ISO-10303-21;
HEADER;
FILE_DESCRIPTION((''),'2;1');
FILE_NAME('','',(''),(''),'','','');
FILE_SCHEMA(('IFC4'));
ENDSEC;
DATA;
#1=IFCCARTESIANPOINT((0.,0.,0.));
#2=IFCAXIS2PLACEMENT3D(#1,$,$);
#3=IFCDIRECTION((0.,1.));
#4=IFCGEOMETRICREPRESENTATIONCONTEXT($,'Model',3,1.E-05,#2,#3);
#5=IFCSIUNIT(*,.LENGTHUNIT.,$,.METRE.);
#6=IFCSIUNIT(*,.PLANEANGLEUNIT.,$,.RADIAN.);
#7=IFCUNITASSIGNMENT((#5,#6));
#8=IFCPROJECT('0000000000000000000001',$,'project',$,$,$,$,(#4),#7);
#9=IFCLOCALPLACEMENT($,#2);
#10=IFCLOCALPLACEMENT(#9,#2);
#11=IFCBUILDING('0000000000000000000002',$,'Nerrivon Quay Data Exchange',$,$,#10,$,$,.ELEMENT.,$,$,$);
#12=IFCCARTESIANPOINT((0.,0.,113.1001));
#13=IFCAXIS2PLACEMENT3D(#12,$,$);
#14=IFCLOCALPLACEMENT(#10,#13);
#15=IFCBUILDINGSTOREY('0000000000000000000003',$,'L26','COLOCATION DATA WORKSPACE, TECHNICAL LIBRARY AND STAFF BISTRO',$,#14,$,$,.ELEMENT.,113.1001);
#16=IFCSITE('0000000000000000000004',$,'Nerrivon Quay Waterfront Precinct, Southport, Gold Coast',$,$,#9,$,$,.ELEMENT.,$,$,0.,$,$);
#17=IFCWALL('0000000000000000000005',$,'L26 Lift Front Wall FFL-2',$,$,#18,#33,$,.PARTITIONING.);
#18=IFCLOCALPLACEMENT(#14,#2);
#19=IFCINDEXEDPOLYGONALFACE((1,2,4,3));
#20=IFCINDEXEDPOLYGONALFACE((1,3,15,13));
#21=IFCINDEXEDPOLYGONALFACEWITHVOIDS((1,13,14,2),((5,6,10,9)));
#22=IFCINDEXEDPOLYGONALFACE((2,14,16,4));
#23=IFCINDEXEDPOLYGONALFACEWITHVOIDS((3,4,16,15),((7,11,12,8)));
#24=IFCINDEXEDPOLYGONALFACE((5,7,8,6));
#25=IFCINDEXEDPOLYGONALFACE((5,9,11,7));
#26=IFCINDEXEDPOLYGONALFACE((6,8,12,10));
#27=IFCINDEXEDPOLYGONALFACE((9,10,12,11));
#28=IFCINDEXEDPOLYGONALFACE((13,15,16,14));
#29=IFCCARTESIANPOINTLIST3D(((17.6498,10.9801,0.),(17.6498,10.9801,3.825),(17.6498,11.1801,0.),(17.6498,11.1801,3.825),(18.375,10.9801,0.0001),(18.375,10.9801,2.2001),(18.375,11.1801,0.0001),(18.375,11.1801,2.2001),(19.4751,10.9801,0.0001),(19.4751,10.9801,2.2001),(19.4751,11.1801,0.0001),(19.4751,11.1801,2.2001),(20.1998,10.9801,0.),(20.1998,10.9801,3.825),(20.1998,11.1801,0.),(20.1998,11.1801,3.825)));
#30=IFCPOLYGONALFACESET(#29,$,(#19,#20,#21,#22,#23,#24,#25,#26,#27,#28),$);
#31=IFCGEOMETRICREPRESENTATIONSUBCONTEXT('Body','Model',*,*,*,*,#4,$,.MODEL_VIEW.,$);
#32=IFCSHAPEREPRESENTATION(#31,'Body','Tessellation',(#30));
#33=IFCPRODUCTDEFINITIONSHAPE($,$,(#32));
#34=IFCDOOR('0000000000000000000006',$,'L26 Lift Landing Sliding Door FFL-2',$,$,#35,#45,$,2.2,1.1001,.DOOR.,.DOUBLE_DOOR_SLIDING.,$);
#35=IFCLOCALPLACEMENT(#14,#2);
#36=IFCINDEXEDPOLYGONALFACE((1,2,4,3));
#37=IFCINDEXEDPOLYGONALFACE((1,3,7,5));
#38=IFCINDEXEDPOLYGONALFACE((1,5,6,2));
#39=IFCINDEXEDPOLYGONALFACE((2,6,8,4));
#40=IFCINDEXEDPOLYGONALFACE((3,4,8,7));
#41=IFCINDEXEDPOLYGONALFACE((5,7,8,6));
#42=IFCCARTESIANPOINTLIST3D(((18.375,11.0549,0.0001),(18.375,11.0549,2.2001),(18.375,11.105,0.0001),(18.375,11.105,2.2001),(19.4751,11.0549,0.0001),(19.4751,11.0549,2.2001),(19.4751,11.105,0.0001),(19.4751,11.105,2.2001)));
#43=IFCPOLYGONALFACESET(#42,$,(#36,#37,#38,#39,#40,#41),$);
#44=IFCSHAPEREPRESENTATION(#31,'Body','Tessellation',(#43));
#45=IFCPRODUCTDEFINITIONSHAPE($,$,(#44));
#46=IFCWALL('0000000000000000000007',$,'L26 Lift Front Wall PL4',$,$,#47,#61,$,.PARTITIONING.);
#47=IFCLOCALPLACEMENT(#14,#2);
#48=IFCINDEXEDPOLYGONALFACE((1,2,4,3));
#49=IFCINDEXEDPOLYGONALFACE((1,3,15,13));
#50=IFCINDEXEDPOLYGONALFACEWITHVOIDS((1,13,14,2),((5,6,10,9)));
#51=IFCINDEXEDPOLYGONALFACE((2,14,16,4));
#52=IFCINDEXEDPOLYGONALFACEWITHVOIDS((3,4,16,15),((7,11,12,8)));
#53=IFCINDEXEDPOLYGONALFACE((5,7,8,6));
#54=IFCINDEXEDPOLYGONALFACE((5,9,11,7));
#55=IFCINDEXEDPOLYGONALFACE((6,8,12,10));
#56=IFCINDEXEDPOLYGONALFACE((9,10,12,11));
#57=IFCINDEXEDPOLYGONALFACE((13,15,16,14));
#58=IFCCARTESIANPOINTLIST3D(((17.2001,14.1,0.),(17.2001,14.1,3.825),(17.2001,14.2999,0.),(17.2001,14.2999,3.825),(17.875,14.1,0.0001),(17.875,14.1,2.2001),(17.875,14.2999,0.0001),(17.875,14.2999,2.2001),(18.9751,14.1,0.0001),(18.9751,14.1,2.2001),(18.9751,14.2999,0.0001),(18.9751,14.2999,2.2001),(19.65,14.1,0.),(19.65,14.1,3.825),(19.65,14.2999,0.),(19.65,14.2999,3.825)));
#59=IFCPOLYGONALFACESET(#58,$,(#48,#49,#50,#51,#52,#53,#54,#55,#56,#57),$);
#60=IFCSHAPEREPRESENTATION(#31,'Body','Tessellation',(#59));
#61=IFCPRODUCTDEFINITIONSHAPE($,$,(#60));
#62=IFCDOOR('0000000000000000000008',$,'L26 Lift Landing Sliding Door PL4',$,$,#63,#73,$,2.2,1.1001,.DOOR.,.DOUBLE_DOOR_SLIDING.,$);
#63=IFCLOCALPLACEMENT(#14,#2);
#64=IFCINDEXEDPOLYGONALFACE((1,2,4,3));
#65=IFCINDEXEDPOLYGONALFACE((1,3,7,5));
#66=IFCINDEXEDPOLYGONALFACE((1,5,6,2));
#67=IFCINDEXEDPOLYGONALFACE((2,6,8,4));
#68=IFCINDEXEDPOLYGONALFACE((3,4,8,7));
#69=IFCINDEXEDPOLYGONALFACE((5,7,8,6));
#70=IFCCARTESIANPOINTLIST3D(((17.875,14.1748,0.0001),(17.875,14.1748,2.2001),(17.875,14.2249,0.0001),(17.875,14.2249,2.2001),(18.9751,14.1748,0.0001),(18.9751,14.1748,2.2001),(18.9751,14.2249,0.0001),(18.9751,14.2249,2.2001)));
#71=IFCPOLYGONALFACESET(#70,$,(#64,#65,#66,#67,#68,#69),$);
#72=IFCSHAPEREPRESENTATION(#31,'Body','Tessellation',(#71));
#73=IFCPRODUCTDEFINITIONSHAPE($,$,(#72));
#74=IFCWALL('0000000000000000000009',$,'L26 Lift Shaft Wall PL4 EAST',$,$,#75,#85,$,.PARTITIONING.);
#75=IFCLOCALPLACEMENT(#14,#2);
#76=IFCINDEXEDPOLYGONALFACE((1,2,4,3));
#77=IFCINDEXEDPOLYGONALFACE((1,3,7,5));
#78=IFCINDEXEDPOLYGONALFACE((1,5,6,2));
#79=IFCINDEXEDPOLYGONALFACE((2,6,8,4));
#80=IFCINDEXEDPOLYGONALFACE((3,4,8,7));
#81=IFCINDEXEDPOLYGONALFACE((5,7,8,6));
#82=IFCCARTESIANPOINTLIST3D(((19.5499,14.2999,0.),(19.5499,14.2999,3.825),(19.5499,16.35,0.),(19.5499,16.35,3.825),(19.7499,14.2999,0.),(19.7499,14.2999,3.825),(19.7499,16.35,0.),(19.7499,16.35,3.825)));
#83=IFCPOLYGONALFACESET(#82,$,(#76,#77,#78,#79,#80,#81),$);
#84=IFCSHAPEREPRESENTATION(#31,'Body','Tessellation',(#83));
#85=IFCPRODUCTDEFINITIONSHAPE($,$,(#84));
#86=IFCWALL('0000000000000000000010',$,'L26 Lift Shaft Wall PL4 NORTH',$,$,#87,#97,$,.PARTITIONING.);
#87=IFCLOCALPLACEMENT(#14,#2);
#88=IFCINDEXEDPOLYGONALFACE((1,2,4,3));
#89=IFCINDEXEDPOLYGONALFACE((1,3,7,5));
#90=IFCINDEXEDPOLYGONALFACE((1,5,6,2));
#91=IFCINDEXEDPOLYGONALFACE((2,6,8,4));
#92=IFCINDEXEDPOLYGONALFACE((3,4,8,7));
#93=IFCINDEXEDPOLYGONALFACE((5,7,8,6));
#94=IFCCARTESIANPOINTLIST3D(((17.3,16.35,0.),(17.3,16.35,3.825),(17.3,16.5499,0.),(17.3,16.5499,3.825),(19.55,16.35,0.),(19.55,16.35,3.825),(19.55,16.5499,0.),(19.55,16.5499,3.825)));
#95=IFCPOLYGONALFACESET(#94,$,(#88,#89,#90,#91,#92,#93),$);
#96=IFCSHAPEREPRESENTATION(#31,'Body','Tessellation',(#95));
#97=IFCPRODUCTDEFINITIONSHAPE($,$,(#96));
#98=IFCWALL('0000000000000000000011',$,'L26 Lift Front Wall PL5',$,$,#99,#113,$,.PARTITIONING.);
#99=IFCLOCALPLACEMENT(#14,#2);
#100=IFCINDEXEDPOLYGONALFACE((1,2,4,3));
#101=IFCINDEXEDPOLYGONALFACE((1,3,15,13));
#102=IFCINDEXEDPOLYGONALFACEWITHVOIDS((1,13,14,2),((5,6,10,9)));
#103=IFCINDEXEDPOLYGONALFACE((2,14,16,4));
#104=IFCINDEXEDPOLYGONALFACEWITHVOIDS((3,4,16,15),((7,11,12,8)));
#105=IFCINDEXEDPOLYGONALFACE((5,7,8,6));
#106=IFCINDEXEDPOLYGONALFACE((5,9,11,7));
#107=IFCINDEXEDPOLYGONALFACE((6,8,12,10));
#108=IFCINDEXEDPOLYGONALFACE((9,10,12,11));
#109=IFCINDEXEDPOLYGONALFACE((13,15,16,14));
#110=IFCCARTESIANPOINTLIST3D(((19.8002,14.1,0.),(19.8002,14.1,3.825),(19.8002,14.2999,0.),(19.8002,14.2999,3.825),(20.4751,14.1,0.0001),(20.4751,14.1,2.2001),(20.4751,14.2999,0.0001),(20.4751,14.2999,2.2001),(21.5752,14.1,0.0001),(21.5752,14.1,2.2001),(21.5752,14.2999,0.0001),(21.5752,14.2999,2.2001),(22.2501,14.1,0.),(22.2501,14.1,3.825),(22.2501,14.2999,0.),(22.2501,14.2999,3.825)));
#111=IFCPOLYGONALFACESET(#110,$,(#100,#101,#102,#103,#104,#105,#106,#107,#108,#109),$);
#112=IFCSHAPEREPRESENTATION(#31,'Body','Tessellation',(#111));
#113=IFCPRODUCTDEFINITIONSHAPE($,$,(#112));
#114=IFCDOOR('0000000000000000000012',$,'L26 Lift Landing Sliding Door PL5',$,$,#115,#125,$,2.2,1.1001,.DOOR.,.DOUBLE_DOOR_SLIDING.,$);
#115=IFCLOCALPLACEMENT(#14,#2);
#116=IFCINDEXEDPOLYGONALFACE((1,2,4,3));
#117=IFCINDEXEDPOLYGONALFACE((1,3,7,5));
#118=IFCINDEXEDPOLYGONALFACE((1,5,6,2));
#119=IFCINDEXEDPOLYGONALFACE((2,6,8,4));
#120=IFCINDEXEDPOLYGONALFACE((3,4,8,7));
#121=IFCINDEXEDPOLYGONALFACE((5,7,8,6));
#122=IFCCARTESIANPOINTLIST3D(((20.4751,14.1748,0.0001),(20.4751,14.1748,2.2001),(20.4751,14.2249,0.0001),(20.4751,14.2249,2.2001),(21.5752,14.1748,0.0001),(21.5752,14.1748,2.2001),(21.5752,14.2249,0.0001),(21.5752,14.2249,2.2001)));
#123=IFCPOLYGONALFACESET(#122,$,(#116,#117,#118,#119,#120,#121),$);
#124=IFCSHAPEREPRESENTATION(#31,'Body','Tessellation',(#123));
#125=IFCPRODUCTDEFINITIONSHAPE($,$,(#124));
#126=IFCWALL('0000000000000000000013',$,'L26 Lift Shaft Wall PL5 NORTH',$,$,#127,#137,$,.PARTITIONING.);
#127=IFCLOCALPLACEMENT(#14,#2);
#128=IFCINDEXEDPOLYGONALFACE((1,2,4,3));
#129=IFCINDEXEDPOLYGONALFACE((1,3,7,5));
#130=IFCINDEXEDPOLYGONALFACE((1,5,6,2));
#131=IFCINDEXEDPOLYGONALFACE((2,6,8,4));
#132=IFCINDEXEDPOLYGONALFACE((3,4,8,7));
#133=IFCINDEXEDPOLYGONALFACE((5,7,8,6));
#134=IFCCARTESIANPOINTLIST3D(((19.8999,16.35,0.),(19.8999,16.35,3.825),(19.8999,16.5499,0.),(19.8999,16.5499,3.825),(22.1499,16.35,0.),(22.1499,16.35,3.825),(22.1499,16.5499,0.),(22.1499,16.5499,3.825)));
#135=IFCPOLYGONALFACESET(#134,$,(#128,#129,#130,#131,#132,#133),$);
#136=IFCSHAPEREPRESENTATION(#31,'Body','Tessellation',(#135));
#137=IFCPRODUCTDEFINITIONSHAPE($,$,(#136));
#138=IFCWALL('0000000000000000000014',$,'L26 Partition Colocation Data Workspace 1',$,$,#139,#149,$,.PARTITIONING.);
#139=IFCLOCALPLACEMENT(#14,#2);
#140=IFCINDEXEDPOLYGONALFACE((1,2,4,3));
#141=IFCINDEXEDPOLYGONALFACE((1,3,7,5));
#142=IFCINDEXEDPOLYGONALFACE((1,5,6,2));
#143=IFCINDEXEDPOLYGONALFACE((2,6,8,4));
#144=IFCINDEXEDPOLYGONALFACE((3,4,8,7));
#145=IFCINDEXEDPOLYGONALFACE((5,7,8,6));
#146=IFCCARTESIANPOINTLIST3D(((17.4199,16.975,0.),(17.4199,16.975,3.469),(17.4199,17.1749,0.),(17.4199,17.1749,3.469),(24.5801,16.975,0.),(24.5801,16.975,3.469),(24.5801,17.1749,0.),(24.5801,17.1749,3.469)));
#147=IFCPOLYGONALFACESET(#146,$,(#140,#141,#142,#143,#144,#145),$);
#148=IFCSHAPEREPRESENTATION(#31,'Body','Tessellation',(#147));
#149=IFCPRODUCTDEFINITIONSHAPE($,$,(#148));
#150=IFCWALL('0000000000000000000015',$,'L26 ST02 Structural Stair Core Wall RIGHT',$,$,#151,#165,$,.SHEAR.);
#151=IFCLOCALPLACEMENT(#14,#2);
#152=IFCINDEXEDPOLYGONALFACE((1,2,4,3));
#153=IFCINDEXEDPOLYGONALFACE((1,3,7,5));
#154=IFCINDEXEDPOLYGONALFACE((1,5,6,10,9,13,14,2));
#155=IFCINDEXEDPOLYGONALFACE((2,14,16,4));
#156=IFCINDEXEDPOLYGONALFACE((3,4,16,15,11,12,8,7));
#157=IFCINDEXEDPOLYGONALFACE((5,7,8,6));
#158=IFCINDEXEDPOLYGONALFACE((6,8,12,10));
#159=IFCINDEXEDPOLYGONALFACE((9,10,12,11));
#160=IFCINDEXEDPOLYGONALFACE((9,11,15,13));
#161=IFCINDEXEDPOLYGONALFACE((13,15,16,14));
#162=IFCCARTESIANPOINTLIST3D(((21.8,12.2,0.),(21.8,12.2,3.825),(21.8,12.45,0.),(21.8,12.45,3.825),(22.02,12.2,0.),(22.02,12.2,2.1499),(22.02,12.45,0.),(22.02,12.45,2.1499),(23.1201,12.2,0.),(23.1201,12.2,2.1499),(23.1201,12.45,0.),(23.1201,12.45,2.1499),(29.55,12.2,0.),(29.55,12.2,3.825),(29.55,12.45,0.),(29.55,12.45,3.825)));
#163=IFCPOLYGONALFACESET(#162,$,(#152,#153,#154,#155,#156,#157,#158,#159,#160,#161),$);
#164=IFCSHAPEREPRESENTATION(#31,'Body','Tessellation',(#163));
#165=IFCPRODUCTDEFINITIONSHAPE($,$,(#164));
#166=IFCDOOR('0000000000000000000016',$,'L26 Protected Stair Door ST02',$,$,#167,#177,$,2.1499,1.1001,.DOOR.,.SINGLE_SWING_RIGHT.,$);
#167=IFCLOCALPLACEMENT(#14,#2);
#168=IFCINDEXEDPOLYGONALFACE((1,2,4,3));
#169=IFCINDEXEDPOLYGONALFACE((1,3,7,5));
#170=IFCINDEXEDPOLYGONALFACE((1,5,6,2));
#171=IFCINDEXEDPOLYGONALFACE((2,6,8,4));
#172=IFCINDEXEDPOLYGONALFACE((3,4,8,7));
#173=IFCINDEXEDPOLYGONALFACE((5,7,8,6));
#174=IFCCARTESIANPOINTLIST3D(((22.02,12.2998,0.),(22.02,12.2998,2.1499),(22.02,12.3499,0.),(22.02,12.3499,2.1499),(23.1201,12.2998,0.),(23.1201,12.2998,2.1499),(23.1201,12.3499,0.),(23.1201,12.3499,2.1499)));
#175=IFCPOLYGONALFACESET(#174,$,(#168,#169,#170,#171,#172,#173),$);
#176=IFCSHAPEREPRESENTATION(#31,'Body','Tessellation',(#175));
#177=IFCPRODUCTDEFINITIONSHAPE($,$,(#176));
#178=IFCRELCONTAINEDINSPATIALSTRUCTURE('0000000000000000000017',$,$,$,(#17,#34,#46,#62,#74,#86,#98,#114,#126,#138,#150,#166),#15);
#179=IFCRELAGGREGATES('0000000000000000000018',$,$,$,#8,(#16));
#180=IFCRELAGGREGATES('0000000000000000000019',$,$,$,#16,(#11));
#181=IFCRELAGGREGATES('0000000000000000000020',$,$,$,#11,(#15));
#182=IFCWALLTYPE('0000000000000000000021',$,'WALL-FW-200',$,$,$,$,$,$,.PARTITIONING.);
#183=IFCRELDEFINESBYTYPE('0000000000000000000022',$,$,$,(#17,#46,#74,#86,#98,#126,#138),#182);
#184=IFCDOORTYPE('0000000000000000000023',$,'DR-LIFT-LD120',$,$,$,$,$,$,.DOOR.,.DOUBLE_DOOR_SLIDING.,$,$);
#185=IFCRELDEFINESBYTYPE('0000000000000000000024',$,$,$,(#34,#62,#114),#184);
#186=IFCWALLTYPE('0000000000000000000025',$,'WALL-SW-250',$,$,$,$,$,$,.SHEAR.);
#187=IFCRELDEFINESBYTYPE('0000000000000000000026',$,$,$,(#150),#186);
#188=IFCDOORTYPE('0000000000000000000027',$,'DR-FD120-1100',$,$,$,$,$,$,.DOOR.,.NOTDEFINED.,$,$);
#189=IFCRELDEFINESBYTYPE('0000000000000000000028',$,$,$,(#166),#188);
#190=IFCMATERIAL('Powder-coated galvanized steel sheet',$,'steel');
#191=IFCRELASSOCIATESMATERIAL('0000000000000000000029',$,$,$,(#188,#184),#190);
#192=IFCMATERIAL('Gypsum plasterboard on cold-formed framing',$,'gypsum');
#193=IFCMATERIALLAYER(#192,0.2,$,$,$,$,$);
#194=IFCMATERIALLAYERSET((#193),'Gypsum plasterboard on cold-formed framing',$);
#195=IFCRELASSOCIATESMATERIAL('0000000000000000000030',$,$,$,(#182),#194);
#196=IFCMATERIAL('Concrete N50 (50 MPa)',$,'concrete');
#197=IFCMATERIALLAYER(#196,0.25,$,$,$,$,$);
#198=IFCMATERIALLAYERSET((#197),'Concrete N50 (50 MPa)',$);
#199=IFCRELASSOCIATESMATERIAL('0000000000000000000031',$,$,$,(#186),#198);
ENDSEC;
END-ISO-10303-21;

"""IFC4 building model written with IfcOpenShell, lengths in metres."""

from ifc_helpers import new_model, si_unit, direction, frame, frame_2d, origin, place, context, subcontext, project, spatial, rectangle, extrude, material, layer, layer_set, type_object, element, fill, save


model = new_model("IFC4")

# Units and contexts
model_context = context("Model", 3, precision=1e-05, world=origin(), true_north=direction((0.0, 1.0)))
body_context = subcontext(model_context, "Body", "Model", "MODEL_VIEW")
ifc_project = project(units=[si_unit("LENGTHUNIT", "METRE"), si_unit("PLANEANGLEUNIT", "RADIAN")], contexts=[model_context])

# Site, building, storey
site_placement = place(None, origin())
site = spatial("IfcSite", under=ifc_project, at=site_placement, Name="Nerrivon Quay Waterfront Precinct, Southport, Gold Coast", CompositionType="ELEMENT", RefElevation=0.0)
building_placement = place(site_placement, origin())
building = spatial("IfcBuilding", under=site, at=building_placement, Name="Nerrivon Quay Data Exchange", CompositionType="ELEMENT")
storey_placement = place(building_placement, frame((0.0, 0.0, 113.1001)))
storey = spatial("IfcBuildingStorey", under=building, at=storey_placement, Name="L26", Description="COLOCATION DATA WORKSPACE, TECHNICAL LIBRARY AND STAFF BISTRO", CompositionType="ELEMENT", Elevation=113.1001)

# Shared definitions
ifc_material_1 = material(Name="Powder-coated galvanized steel sheet", Category="steel")
door_type_1 = type_object("IfcDoorType", Name="DR-FD120-1100", OperationType="NOTDEFINED", PredefinedType="DOOR", material=ifc_material_1)

# Shared definitions
ifc_material_2 = material(Name="Gypsum plasterboard on cold-formed framing", Category="gypsum")
ifc_layer_1 = layer(ifc_material_2, 0.2)
ifc_layer_set_1 = layer_set([ifc_layer_1], Name="Gypsum plasterboard on cold-formed framing")
wall_type_1 = type_object("IfcWallType", Name="WALL-FW-200", PredefinedType="PARTITIONING", material=ifc_layer_set_1)

# Walls, openings, doors
wall_1_placement = place(storey_placement, frame((17.6499, 11.0801, 0.0), z_axis=(0.0, 0.0, 1.0), x_axis=(1.0, 0.0, 0.0)))
wall_1 = element("IfcWall", 1, at=wall_1_placement, inside=storey, type_object=wall_type_1, Name="L26 Lift Front Wall FFL-2", PredefinedType="PARTITIONING", context=body_context, shape_type="SweptSolid", body=[
    extrude(rectangle(XDim=2.55, YDim=0.2, at=frame_2d((1.2749, 0.0))), origin(), (0.0, 0.0, 1.0), 3.825),
])
opening_1_placement = place(wall_1_placement, frame((0.7251, 0.0, 0.0)))
opening_1 = element("IfcOpeningElement", 2, at=opening_1_placement, cuts=wall_1, PredefinedType="OPENING", context=body_context, shape_type="SweptSolid", body=[
    extrude(rectangle(XDim=1.1001, YDim=2.2, at=frame_2d((0.55, 1.1001))), frame((0.0, 0.1099, 0.0), z_axis=(0.0, -1.0, 0.0), x_axis=(1.0, 0.0, 0.0)), (0.0, 0.0, 1.0), 0.22),
])
door_type_2 = type_object("IfcDoorType", Name="DR-LIFT-LD120", OperationType="DOUBLE_DOOR_SLIDING", PredefinedType="DOOR", material=ifc_material_1)
door_1_placement = place(opening_1_placement, origin())
door_1 = element("IfcDoor", 3, at=door_1_placement, inside=storey, type_object=door_type_2, Name="L26 Lift Landing Sliding Door FFL-2", OperationType="DOUBLE_DOOR_SLIDING", OverallHeight=2.2, OverallWidth=1.1001, PredefinedType="DOOR", context=body_context, shape_type="SweptSolid", body=[
    extrude(rectangle(XDim=1.1001, YDim=2.2, at=frame_2d((0.55, 1.1001))), frame((0.0, 0.0249, 0.0), z_axis=(0.0, -1.0, 0.0), x_axis=(1.0, 0.0, 0.0)), (0.0, 0.0, 1.0), 0.05),
])
fill(opening_1, door_1)
wall_2_placement = place(storey_placement, frame((17.2, 14.2, 0.0), z_axis=(0.0, 0.0, 1.0), x_axis=(1.0, 0.0, 0.0)))
wall_2 = element("IfcWall", 4, at=wall_2_placement, inside=storey, type_object=wall_type_1, Name="L26 Lift Front Wall PL4", PredefinedType="PARTITIONING", context=body_context, shape_type="SweptSolid", body=[
    extrude(rectangle(XDim=2.45, YDim=0.2, at=frame_2d((1.2251, 0.0))), origin(), (0.0, 0.0, 1.0), 3.825),
])
opening_2_placement = place(wall_2_placement, frame((0.675, 0.0, 0.0)))
opening_2 = element("IfcOpeningElement", 5, at=opening_2_placement, cuts=wall_2, PredefinedType="OPENING", context=body_context, shape_type="SweptSolid", body=[
    extrude(rectangle(XDim=1.1001, YDim=2.2, at=frame_2d((0.55, 1.1001))), frame((0.0, 0.1099, 0.0), z_axis=(0.0, -1.0, 0.0), x_axis=(1.0, 0.0, 0.0)), (0.0, 0.0, 1.0), 0.22),
])
door_2_placement = place(opening_2_placement, origin())
door_2 = element("IfcDoor", 6, at=door_2_placement, inside=storey, type_object=door_type_2, Name="L26 Lift Landing Sliding Door PL4", OperationType="DOUBLE_DOOR_SLIDING", OverallHeight=2.2, OverallWidth=1.1001, PredefinedType="DOOR", context=body_context, shape_type="SweptSolid", body=[
    extrude(rectangle(XDim=1.1001, YDim=2.2, at=frame_2d((0.55, 1.1001))), frame((0.0, 0.0249, 0.0), z_axis=(0.0, -1.0, 0.0), x_axis=(1.0, 0.0, 0.0)), (0.0, 0.0, 1.0), 0.05),
])
fill(opening_2, door_2)

# Walls
wall_3_placement = place(storey_placement, frame((19.6499, 14.3, 0.0), z_axis=(0.0, 0.0, 1.0), x_axis=(0.0, 1.0, 0.0)))
element("IfcWall", 7, at=wall_3_placement, inside=storey, type_object=wall_type_1, Name="L26 Lift Shaft Wall PL4 EAST", PredefinedType="PARTITIONING", context=body_context, shape_type="SweptSolid", body=[
    extrude(rectangle(XDim=2.05, YDim=0.2, at=frame_2d((1.0249, 0.0))), origin(), (0.0, 0.0, 1.0), 3.825),
])
wall_4_placement = place(storey_placement, frame((17.3, 16.45, 0.0), z_axis=(0.0, 0.0, 1.0), x_axis=(1.0, 0.0, 0.0)))
element("IfcWall", 8, at=wall_4_placement, inside=storey, type_object=wall_type_1, Name="L26 Lift Shaft Wall PL4 NORTH", PredefinedType="PARTITIONING", context=body_context, shape_type="SweptSolid", body=[
    extrude(rectangle(XDim=2.25, YDim=0.2, at=frame_2d((1.125, 0.0))), origin(), (0.0, 0.0, 1.0), 3.825),
])

# Wall, opening, door
wall_5_placement = place(storey_placement, frame((19.8, 14.2, 0.0), z_axis=(0.0, 0.0, 1.0), x_axis=(1.0, 0.0, 0.0)))
wall_5 = element("IfcWall", 9, at=wall_5_placement, inside=storey, type_object=wall_type_1, Name="L26 Lift Front Wall PL5", PredefinedType="PARTITIONING", context=body_context, shape_type="SweptSolid", body=[
    extrude(rectangle(XDim=2.45, YDim=0.2, at=frame_2d((1.2251, 0.0))), origin(), (0.0, 0.0, 1.0), 3.825),
])
opening_3_placement = place(wall_5_placement, frame((0.675, 0.0, 0.0)))
opening_3 = element("IfcOpeningElement", 10, at=opening_3_placement, cuts=wall_5, PredefinedType="OPENING", context=body_context, shape_type="SweptSolid", body=[
    extrude(rectangle(XDim=1.1001, YDim=2.2, at=frame_2d((0.55, 1.1001))), frame((0.0, 0.1099, 0.0), z_axis=(0.0, -1.0, 0.0), x_axis=(1.0, 0.0, 0.0)), (0.0, 0.0, 1.0), 0.22),
])
door_3_placement = place(opening_3_placement, origin())
door_3 = element("IfcDoor", 11, at=door_3_placement, inside=storey, type_object=door_type_2, Name="L26 Lift Landing Sliding Door PL5", OperationType="DOUBLE_DOOR_SLIDING", OverallHeight=2.2, OverallWidth=1.1001, PredefinedType="DOOR", context=body_context, shape_type="SweptSolid", body=[
    extrude(rectangle(XDim=1.1001, YDim=2.2, at=frame_2d((0.55, 1.1001))), frame((0.0, 0.0249, 0.0), z_axis=(0.0, -1.0, 0.0), x_axis=(1.0, 0.0, 0.0)), (0.0, 0.0, 1.0), 0.05),
])
fill(opening_3, door_3)

# Walls
wall_6_placement = place(storey_placement, frame((19.8999, 16.45, 0.0), z_axis=(0.0, 0.0, 1.0), x_axis=(1.0, 0.0, 0.0)))
element("IfcWall", 12, at=wall_6_placement, inside=storey, type_object=wall_type_1, Name="L26 Lift Shaft Wall PL5 NORTH", PredefinedType="PARTITIONING", context=body_context, shape_type="SweptSolid", body=[
    extrude(rectangle(XDim=2.25, YDim=0.2, at=frame_2d((1.125, 0.0))), origin(), (0.0, 0.0, 1.0), 3.825),
])
wall_7_placement = place(storey_placement, frame((17.4199, 17.075, 0.0), z_axis=(0.0, 0.0, 1.0), x_axis=(1.0, 0.0, 0.0)))
element("IfcWall", 13, at=wall_7_placement, inside=storey, type_object=wall_type_1, Name="L26 Partition Colocation Data Workspace 1", PredefinedType="PARTITIONING", context=body_context, shape_type="SweptSolid", body=[
    extrude(rectangle(XDim=7.1602, YDim=0.2, at=frame_2d((3.5801, 0.0))), origin(), (0.0, 0.0, 1.0), 3.469),
])

# Wall, opening, door
ifc_material_3 = material(Name="Concrete N50 (50 MPa)", Category="concrete")
ifc_layer_2 = layer(ifc_material_3, 0.25)
ifc_layer_set_2 = layer_set([ifc_layer_2], Name="Concrete N50 (50 MPa)")
wall_type_2 = type_object("IfcWallType", Name="WALL-SW-250", PredefinedType="SHEAR", material=ifc_layer_set_2)
wall_8_placement = place(storey_placement, frame((21.8, 12.325, 0.0), z_axis=(0.0, 0.0, 1.0), x_axis=(1.0, 0.0, 0.0)))
wall_8 = element("IfcWall", 14, at=wall_8_placement, inside=storey, type_object=wall_type_2, Name="L26 ST02 Structural Stair Core Wall RIGHT", PredefinedType="SHEAR", context=body_context, shape_type="SweptSolid", body=[
    extrude(rectangle(XDim=7.75, YDim=0.25, at=frame_2d((3.875, 0.0))), origin(), (0.0, 0.0, 1.0), 3.825),
])
opening_4_placement = place(wall_8_placement, frame((0.22, 0.0, 0.0)))
opening_4 = element("IfcOpeningElement", 15, at=opening_4_placement, cuts=wall_8, PredefinedType="OPENING", context=body_context, shape_type="SweptSolid", body=[
    extrude(rectangle(XDim=1.1001, YDim=2.1499, at=frame_2d((0.55, 1.075))), frame((0.0, 0.135, 0.0), z_axis=(0.0, -1.0, 0.0), x_axis=(1.0, 0.0, 0.0)), (0.0, 0.0, 1.0), 0.27),
])
door_4_placement = place(opening_4_placement, origin())
door_4 = element("IfcDoor", 16, at=door_4_placement, inside=storey, type_object=door_type_1, Name="L26 Protected Stair Door ST02", OperationType="SINGLE_SWING_RIGHT", OverallHeight=2.1499, OverallWidth=1.1001, PredefinedType="DOOR", context=body_context, shape_type="SweptSolid", body=[
    extrude(rectangle(XDim=1.1001, YDim=2.1499, at=frame_2d((0.55, 1.075))), frame((0.0, 0.0249, 0.0), z_axis=(0.0, -1.0, 0.0), x_axis=(1.0, 0.0, 0.0)), (0.0, 0.0, 1.0), 0.05),
])
fill(opening_4, door_4)

save(model, "model.ifc")
